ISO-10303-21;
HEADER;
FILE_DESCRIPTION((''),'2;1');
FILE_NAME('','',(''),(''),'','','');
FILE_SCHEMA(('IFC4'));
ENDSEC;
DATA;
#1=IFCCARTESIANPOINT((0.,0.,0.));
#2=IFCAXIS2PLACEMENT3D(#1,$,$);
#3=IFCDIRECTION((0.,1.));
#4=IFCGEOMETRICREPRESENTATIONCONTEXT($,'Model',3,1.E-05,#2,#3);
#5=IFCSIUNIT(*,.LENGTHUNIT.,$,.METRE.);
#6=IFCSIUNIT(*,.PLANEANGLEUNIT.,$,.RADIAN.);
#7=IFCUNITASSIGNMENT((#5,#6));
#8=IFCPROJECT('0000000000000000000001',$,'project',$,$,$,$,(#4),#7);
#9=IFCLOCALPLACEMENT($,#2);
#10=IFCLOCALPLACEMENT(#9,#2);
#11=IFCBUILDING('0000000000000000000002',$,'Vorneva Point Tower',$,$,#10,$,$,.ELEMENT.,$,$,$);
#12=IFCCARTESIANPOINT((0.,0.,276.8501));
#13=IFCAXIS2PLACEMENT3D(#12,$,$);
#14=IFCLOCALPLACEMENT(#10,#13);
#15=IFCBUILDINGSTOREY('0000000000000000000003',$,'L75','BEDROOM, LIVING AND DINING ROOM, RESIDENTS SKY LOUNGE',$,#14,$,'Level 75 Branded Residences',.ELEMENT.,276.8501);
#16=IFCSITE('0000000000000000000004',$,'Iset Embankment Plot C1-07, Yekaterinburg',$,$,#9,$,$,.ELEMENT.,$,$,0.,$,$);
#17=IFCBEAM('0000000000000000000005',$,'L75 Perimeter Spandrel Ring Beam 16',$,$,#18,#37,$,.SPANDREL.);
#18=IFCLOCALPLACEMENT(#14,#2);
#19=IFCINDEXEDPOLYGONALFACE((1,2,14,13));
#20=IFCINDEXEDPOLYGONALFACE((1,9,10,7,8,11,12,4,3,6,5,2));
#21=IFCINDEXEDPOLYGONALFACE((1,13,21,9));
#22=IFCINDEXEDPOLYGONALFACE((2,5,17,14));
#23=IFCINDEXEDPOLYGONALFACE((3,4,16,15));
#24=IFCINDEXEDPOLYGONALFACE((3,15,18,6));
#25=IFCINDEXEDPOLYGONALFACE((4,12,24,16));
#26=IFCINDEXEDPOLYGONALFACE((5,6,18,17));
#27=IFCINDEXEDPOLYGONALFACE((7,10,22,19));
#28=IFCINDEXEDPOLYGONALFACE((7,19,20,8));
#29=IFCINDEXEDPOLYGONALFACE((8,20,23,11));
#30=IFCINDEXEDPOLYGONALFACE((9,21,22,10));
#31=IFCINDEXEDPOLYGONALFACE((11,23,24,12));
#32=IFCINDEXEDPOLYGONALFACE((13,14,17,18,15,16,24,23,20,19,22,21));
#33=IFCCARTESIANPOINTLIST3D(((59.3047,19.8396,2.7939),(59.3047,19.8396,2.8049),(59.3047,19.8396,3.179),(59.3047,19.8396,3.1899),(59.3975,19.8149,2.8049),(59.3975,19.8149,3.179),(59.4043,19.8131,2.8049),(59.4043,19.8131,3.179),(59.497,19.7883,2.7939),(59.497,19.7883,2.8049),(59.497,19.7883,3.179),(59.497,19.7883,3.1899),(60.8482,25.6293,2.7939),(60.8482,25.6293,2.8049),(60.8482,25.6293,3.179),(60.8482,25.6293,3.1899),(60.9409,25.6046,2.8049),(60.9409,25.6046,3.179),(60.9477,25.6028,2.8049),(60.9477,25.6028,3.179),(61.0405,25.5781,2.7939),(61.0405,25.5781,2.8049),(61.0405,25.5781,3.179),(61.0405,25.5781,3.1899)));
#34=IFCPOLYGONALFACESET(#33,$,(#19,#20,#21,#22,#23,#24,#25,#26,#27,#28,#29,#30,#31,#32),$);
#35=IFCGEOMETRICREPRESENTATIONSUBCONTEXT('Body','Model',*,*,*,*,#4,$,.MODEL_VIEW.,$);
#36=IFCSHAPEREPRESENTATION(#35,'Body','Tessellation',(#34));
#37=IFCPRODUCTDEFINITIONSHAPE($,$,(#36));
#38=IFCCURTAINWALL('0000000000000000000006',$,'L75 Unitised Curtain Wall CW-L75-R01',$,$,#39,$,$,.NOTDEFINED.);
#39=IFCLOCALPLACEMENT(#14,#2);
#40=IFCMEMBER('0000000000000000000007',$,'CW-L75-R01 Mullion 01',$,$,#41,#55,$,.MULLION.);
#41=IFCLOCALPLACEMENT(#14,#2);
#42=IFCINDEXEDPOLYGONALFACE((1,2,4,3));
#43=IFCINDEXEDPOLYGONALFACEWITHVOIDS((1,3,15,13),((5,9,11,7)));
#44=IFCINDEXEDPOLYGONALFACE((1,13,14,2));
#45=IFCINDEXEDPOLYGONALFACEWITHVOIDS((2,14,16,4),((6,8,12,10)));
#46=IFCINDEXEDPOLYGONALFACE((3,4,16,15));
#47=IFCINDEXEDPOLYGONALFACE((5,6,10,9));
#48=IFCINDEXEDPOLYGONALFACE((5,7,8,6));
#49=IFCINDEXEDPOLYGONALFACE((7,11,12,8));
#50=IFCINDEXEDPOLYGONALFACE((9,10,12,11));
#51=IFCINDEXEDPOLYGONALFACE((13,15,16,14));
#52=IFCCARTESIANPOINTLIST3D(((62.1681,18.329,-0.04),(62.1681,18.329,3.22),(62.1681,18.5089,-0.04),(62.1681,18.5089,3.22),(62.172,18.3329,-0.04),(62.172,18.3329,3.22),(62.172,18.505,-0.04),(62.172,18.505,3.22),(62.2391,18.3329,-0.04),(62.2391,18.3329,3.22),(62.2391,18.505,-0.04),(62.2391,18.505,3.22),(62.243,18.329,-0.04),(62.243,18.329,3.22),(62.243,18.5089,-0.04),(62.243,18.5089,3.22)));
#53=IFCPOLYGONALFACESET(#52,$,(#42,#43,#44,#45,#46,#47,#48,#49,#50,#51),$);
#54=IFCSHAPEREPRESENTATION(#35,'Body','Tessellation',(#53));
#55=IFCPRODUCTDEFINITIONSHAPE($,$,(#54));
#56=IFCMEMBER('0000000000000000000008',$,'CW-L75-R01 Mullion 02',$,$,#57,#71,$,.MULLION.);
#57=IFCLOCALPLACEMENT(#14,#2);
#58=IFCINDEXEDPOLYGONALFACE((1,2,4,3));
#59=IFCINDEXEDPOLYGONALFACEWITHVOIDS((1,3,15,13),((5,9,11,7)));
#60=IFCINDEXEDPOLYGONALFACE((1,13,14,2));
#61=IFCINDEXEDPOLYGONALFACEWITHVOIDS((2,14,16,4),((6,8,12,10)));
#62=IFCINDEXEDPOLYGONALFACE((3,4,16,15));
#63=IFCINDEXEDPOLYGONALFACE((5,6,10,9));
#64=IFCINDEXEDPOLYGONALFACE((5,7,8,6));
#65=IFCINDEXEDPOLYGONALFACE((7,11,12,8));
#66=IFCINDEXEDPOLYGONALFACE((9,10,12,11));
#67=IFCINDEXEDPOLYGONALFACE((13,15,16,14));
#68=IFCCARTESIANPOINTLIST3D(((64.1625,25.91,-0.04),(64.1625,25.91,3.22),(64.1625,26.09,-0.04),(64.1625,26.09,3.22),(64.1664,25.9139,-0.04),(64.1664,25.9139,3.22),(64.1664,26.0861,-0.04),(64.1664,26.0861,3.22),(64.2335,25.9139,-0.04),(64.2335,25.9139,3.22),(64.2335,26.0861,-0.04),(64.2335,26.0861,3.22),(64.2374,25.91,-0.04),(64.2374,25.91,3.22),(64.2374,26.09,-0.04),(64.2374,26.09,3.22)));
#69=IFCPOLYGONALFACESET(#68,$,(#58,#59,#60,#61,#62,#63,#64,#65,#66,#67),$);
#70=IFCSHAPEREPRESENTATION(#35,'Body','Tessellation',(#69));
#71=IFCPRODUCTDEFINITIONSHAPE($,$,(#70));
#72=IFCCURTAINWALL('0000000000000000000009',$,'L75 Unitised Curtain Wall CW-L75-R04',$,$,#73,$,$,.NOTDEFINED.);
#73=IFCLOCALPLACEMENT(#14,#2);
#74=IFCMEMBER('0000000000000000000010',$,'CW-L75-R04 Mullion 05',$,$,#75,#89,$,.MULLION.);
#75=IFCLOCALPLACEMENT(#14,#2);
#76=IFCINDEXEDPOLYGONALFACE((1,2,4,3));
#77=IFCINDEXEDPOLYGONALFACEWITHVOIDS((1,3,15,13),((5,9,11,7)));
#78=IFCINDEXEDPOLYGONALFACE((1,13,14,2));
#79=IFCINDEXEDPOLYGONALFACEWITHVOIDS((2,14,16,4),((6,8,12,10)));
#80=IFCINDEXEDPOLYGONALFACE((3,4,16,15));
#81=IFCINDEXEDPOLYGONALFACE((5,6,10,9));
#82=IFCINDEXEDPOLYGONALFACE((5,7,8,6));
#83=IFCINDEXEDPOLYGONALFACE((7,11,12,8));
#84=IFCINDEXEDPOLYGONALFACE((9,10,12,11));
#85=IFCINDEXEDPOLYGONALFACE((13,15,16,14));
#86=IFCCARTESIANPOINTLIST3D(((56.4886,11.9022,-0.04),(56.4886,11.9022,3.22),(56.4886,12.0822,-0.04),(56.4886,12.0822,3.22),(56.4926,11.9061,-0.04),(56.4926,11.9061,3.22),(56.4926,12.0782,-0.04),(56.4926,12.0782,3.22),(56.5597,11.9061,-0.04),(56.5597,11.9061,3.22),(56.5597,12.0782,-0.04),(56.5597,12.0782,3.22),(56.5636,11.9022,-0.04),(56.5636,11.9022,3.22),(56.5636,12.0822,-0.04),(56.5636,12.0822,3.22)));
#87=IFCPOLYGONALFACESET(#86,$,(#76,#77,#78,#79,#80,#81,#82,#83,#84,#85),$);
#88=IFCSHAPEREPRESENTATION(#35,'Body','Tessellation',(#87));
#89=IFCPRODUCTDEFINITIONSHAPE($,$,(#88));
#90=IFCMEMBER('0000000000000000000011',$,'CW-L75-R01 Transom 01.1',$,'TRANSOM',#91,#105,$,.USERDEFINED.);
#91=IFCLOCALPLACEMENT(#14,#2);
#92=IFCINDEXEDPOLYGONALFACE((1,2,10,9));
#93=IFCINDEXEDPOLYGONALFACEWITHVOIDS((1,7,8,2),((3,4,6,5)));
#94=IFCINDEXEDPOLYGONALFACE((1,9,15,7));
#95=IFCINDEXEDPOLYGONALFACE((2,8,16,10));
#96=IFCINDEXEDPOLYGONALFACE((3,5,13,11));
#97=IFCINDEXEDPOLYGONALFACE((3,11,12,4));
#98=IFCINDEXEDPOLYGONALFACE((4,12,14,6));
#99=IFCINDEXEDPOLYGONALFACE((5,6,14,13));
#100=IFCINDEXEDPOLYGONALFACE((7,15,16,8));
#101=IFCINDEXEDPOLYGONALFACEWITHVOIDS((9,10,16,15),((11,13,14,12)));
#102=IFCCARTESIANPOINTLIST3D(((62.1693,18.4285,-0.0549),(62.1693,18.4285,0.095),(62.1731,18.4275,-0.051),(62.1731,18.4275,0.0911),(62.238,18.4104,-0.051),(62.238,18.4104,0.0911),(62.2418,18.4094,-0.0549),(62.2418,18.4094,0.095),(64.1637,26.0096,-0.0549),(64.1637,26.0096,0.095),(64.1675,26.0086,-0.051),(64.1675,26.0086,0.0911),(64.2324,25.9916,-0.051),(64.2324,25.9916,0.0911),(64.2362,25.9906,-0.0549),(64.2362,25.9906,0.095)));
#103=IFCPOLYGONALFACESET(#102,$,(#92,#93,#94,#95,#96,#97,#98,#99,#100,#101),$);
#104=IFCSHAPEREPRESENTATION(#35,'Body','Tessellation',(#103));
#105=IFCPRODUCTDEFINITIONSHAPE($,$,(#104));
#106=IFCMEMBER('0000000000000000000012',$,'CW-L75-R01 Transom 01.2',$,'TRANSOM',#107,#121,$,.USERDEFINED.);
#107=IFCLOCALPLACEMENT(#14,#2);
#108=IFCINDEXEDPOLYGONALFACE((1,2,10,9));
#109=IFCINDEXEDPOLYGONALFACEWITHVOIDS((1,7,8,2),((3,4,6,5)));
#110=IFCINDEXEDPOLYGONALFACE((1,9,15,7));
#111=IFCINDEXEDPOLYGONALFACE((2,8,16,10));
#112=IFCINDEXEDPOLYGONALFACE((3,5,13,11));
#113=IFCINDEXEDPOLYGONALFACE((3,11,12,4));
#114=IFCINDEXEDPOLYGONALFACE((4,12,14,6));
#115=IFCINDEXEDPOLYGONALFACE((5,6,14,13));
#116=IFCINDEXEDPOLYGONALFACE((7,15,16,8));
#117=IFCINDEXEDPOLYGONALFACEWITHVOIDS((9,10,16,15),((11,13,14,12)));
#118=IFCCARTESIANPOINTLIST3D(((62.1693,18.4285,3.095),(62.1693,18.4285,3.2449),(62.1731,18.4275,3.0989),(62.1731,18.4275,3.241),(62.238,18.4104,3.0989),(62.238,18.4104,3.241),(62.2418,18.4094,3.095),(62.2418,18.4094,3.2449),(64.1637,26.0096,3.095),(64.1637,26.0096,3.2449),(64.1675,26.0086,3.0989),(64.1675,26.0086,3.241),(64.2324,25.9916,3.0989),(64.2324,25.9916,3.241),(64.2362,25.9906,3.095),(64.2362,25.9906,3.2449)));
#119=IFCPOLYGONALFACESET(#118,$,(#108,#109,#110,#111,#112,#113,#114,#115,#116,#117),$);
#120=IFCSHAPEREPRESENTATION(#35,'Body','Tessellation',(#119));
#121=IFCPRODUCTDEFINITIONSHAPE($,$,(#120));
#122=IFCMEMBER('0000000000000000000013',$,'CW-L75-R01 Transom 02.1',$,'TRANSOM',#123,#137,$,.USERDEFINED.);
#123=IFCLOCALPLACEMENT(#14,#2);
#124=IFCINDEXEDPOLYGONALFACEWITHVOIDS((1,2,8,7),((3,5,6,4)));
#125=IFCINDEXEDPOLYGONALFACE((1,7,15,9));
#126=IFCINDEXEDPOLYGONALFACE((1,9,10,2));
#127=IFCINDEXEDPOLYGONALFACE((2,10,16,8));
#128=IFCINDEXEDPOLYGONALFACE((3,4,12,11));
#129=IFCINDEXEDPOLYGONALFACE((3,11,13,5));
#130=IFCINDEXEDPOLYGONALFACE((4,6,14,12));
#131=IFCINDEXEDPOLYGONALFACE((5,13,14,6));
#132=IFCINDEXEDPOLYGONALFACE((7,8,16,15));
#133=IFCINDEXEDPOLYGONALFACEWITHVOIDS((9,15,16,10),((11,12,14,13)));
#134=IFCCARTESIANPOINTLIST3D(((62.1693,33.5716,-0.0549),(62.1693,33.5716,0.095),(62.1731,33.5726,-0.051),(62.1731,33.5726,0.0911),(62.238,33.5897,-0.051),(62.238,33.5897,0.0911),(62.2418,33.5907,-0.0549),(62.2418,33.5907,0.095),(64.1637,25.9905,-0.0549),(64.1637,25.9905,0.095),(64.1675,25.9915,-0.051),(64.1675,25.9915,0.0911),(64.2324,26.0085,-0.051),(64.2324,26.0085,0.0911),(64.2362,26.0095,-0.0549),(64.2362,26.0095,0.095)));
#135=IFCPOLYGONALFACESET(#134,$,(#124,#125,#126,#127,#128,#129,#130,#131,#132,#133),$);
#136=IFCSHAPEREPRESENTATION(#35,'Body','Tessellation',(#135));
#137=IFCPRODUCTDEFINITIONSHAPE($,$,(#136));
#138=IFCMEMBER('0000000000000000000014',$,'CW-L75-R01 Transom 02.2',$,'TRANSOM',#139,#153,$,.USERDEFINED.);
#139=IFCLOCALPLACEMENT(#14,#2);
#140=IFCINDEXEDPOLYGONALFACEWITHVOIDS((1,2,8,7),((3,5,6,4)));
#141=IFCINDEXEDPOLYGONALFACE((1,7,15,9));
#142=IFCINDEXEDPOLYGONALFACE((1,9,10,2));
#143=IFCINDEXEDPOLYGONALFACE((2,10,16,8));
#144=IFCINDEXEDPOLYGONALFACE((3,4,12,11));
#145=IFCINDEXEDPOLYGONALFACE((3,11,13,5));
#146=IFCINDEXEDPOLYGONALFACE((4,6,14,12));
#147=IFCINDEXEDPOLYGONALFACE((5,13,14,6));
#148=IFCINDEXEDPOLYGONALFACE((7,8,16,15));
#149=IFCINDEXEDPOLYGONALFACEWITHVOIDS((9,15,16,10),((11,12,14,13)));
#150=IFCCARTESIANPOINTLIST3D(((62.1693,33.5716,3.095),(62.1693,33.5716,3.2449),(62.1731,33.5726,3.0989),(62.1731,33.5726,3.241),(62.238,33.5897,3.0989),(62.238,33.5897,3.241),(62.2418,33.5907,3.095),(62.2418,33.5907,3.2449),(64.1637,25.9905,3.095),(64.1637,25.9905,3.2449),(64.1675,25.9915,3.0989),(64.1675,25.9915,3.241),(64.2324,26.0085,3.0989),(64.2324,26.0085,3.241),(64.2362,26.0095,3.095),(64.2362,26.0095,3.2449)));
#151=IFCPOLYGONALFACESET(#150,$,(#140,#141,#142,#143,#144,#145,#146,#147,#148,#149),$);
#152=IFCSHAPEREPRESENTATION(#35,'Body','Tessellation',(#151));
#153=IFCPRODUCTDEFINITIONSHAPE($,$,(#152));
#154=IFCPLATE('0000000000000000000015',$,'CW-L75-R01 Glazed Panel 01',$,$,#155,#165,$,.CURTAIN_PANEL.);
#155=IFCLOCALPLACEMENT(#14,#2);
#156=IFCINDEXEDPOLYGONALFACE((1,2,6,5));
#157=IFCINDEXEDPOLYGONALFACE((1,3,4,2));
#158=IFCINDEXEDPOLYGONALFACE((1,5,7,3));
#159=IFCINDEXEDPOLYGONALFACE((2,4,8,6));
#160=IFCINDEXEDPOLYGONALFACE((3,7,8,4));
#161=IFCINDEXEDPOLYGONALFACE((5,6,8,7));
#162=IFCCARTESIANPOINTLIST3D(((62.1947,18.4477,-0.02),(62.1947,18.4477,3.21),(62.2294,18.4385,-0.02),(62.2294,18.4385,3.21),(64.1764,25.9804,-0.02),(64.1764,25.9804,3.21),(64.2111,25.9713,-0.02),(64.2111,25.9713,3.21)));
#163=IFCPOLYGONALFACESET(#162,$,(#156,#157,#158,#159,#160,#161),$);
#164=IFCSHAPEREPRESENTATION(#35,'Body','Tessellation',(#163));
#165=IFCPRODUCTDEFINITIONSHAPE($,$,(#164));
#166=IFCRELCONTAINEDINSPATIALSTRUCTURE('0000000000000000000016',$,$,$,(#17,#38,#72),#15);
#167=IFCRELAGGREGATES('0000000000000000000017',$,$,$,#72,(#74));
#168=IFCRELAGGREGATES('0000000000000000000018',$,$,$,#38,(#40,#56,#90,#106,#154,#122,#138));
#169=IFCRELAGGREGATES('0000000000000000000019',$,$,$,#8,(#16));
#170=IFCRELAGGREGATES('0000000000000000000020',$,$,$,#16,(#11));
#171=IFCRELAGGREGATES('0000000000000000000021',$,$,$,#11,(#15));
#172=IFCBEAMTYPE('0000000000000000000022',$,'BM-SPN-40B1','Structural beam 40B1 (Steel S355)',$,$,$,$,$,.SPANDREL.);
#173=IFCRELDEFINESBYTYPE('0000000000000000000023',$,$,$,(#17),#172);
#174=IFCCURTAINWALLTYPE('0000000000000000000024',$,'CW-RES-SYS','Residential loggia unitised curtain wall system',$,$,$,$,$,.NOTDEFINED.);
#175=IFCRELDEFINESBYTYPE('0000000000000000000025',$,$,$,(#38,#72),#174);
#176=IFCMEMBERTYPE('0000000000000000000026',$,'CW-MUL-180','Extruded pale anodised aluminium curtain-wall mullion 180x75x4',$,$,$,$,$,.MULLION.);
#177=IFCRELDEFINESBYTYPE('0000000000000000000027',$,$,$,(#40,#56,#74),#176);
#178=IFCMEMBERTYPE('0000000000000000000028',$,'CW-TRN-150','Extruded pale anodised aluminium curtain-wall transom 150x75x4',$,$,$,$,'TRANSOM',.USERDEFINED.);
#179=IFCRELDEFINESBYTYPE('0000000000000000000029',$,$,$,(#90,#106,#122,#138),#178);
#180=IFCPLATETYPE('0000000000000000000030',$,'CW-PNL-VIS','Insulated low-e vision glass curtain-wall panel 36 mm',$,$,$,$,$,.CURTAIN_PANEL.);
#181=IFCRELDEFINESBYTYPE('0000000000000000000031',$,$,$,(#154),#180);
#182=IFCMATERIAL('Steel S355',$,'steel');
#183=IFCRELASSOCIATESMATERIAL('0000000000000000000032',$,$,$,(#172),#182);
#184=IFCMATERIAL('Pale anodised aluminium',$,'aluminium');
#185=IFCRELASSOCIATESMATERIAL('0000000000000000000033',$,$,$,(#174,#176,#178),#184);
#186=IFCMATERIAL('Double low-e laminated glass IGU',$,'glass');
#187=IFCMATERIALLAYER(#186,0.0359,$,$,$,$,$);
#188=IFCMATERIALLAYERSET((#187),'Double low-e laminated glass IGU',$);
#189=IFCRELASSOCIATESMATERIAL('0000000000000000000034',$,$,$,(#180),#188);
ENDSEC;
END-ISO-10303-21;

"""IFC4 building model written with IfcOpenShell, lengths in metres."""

from ifc_helpers import new_model, si_unit, direction, frame, origin, origin_2d, place, context, subcontext, project, spatial, rectangle, hollow_rectangle, i_section, extrude, material, layer, layer_set, material_profile, profile_set, type_object, element, aggregate, save


model = new_model("IFC4")

# Units and contexts
model_context = context("Model", 3, precision=1e-05, world=origin(), true_north=direction((0.0, 1.0)))
body_context = subcontext(model_context, "Body", "Model", "MODEL_VIEW")
ifc_project = project(units=[si_unit("LENGTHUNIT", "METRE"), si_unit("PLANEANGLEUNIT", "RADIAN")], contexts=[model_context])

# Site, building, storey
site_placement = place(None, origin())
site = spatial("IfcSite", under=ifc_project, at=site_placement, Name="Iset Embankment Plot C1-07, Yekaterinburg", CompositionType="ELEMENT", RefElevation=0.0)
building_placement = place(site_placement, origin())
building = spatial("IfcBuilding", under=site, at=building_placement, Name="Vorneva Point Tower", CompositionType="ELEMENT")
storey_placement = place(building_placement, frame((0.0, 0.0, 276.8501)))
storey = spatial("IfcBuildingStorey", under=building, at=storey_placement, Name="L75", Description="BEDROOM, LIVING AND DINING ROOM, RESIDENTS SKY LOUNGE", LongName="Level 75 Branded Residences", CompositionType="ELEMENT", Elevation=276.8501)

# Beam
ifc_material_1 = material(Name="Steel S355", Category="steel")
ifc_material_profile_1 = material_profile(ifc_material_1, i_section(OverallWidth=0.199, OverallDepth=0.396, WebThickness=0.0071, FlangeThickness=0.011, at=origin_2d()), Name="40B1")
ifc_profile_set_1 = profile_set([ifc_material_profile_1], Name="Steel S355")
beam_type_1 = type_object("IfcBeamType", Name="BM-SPN-40B1", Description="Structural beam 40B1 (Steel S355)", PredefinedType="SPANDREL", material=ifc_profile_set_1)
beam_1_placement = place(storey_placement, frame((59.4009, 19.814, 2.9919), z_axis=(0.257587, 0.966255, 0.0), x_axis=(-0.966255, 0.257587, 0.0)))
element("IfcBeam", 1, at=beam_1_placement, inside=storey, type_object=beam_type_1, Name="L75 Perimeter Spandrel Ring Beam 16", PredefinedType="SPANDREL", context=body_context, shape_type="SweptSolid", body=[
    extrude(i_section(OverallWidth=0.199, OverallDepth=0.396, WebThickness=0.0071, FlangeThickness=0.011, at=origin_2d()), origin(), (0.0, 0.0, 1.0), 5.9919),
])

# Curtain wall, members
ifc_material_2 = material(Name="Pale anodised aluminium", Category="aluminium")
curtain_wall_type = type_object("IfcCurtainWallType", Name="CW-RES-SYS", Description="Residential loggia unitised curtain wall system", PredefinedType="NOTDEFINED", material=ifc_material_2)
curtain_wall_1_placement = place(storey_placement, origin())
curtain_wall_1 = element("IfcCurtainWall", 2, at=curtain_wall_1_placement, inside=storey, type_object=curtain_wall_type, Name="L75 Unitised Curtain Wall CW-L75-R01", PredefinedType="NOTDEFINED")
ifc_material_profile_2 = material_profile(ifc_material_2, hollow_rectangle(XDim=0.075, YDim=0.1799, WallThickness=0.0039, at=origin_2d()), Name="AL-MUL 180x75x4")
ifc_profile_set_2 = profile_set([ifc_material_profile_2], Name="Pale anodised aluminium")
member_type_1 = type_object("IfcMemberType", Name="CW-MUL-180", Description="Extruded pale anodised aluminium curtain-wall mullion 180x75x4", PredefinedType="MULLION", material=ifc_profile_set_2)
member_1_placement = place(storey_placement, frame((62.2056, 18.4189, -0.04), z_axis=(0.0, 0.0, 1.0), x_axis=(1.0, 0.0, 0.0)))
member_1 = element("IfcMember", 3, at=member_1_placement, type_object=member_type_1, Name="CW-L75-R01 Mullion 01", PredefinedType="MULLION", context=body_context, shape_type="SweptSolid", body=[
    extrude(hollow_rectangle(XDim=0.075, YDim=0.1799, WallThickness=0.0039, at=origin_2d()), origin(), (0.0, 0.0, 1.0), 3.26),
])
member_2_placement = place(storey_placement, frame((64.2, 26.0, -0.04), z_axis=(0.0, 0.0, 1.0), x_axis=(1.0, 0.0, 0.0)))
member_2 = element("IfcMember", 4, at=member_2_placement, type_object=member_type_1, Name="CW-L75-R01 Mullion 02", PredefinedType="MULLION", context=body_context, shape_type="SweptSolid", body=[
    extrude(hollow_rectangle(XDim=0.075, YDim=0.1799, WallThickness=0.0039, at=origin_2d()), origin(), (0.0, 0.0, 1.0), 3.26),
])

# Curtain wall, member
curtain_wall_2_placement = place(storey_placement, origin())
curtain_wall_2 = element("IfcCurtainWall", 5, at=curtain_wall_2_placement, inside=storey, type_object=curtain_wall_type, Name="L75 Unitised Curtain Wall CW-L75-R04", PredefinedType="NOTDEFINED")
member_3_placement = place(storey_placement, frame((56.5261, 11.9922, -0.04), z_axis=(0.0, 0.0, 1.0), x_axis=(1.0, 0.0, 0.0)))
member_3 = element("IfcMember", 6, at=member_3_placement, type_object=member_type_1, Name="CW-L75-R04 Mullion 05", PredefinedType="MULLION", context=body_context, shape_type="SweptSolid", body=[
    extrude(hollow_rectangle(XDim=0.075, YDim=0.1799, WallThickness=0.0039, at=origin_2d()), origin(), (0.0, 0.0, 1.0), 3.26),
])
aggregate(curtain_wall_2, [member_3])

# Members
ifc_material_profile_3 = material_profile(ifc_material_2, hollow_rectangle(XDim=0.075, YDim=0.1499, WallThickness=0.0039, at=origin_2d()), Name="AL-TRN 150x75x4")
ifc_profile_set_3 = profile_set([ifc_material_profile_3], Name="Pale anodised aluminium")
member_type_2 = type_object("IfcMemberType", Name="CW-TRN-150", Description="Extruded pale anodised aluminium curtain-wall transom 150x75x4", ElementType="TRANSOM", PredefinedType="USERDEFINED", material=ifc_profile_set_3)
member_4_placement = place(storey_placement, frame((62.2056, 18.4189, 0.02), z_axis=(0.254418, 0.967094, 0.0), x_axis=(-0.967094, 0.254418, 0.0)))
member_4 = element("IfcMember", 7, at=member_4_placement, type_object=member_type_2, Name="CW-L75-R01 Transom 01.1", ObjectType="TRANSOM", PredefinedType="USERDEFINED", context=body_context, shape_type="SweptSolid", body=[
    extrude(hollow_rectangle(XDim=0.075, YDim=0.1499, WallThickness=0.0039, at=origin_2d()), origin(), (0.0, 0.0, 1.0), 7.8391),
])
member_5_placement = place(storey_placement, frame((62.2056, 18.4189, 3.1699), z_axis=(0.254418, 0.967094, 0.0), x_axis=(-0.967094, 0.254418, 0.0)))
member_5 = element("IfcMember", 8, at=member_5_placement, type_object=member_type_2, Name="CW-L75-R01 Transom 01.2", ObjectType="TRANSOM", PredefinedType="USERDEFINED", context=body_context, shape_type="SweptSolid", body=[
    extrude(hollow_rectangle(XDim=0.075, YDim=0.1499, WallThickness=0.0039, at=origin_2d()), origin(), (0.0, 0.0, 1.0), 7.8391),
])
member_6_placement = place(storey_placement, frame((64.2, 26.0, 0.02), z_axis=(-0.254418, 0.967094, 0.0), x_axis=(-0.967094, -0.254418, 0.0)))
member_6 = element("IfcMember", 9, at=member_6_placement, type_object=member_type_2, Name="CW-L75-R01 Transom 02.1", ObjectType="TRANSOM", PredefinedType="USERDEFINED", context=body_context, shape_type="SweptSolid", body=[
    extrude(hollow_rectangle(XDim=0.075, YDim=0.1499, WallThickness=0.0039, at=origin_2d()), origin(), (0.0, 0.0, 1.0), 7.8391),
])
member_7_placement = place(storey_placement, frame((64.2, 26.0, 3.1699), z_axis=(-0.254418, 0.967094, 0.0), x_axis=(-0.967094, -0.254418, 0.0)))
member_7 = element("IfcMember", 10, at=member_7_placement, type_object=member_type_2, Name="CW-L75-R01 Transom 02.2", ObjectType="TRANSOM", PredefinedType="USERDEFINED", context=body_context, shape_type="SweptSolid", body=[
    extrude(hollow_rectangle(XDim=0.075, YDim=0.1499, WallThickness=0.0039, at=origin_2d()), origin(), (0.0, 0.0, 1.0), 7.8391),
])

# Plate
ifc_material_3 = material(Name="Double low-e laminated glass IGU", Category="glass")
ifc_layer_1 = layer(ifc_material_3, 0.0359)
ifc_layer_set_1 = layer_set([ifc_layer_1], Name="Double low-e laminated glass IGU")
plate_type = type_object("IfcPlateType", Name="CW-PNL-VIS", Description="Insulated low-e vision glass curtain-wall panel 36 mm", PredefinedType="CURTAIN_PANEL", material=ifc_layer_set_1)
plate_placement = place(storey_placement, frame((63.2029, 22.2095, -0.02), z_axis=(0.0, 0.0, 1.0), x_axis=(0.254416, 0.967095, 0.0)))
plate = element("IfcPlate", 11, at=plate_placement, type_object=plate_type, Name="CW-L75-R01 Glazed Panel 01", PredefinedType="CURTAIN_PANEL", context=body_context, shape_type="SweptSolid", body=[
    extrude(rectangle(XDim=7.7891, YDim=0.0359, at=origin_2d()), origin(), (0.0, 0.0, 1.0), 3.23),
])
aggregate(curtain_wall_1, [member_1, member_2, member_4, member_5, plate, member_6, member_7])

save(model, "model.ifc")
